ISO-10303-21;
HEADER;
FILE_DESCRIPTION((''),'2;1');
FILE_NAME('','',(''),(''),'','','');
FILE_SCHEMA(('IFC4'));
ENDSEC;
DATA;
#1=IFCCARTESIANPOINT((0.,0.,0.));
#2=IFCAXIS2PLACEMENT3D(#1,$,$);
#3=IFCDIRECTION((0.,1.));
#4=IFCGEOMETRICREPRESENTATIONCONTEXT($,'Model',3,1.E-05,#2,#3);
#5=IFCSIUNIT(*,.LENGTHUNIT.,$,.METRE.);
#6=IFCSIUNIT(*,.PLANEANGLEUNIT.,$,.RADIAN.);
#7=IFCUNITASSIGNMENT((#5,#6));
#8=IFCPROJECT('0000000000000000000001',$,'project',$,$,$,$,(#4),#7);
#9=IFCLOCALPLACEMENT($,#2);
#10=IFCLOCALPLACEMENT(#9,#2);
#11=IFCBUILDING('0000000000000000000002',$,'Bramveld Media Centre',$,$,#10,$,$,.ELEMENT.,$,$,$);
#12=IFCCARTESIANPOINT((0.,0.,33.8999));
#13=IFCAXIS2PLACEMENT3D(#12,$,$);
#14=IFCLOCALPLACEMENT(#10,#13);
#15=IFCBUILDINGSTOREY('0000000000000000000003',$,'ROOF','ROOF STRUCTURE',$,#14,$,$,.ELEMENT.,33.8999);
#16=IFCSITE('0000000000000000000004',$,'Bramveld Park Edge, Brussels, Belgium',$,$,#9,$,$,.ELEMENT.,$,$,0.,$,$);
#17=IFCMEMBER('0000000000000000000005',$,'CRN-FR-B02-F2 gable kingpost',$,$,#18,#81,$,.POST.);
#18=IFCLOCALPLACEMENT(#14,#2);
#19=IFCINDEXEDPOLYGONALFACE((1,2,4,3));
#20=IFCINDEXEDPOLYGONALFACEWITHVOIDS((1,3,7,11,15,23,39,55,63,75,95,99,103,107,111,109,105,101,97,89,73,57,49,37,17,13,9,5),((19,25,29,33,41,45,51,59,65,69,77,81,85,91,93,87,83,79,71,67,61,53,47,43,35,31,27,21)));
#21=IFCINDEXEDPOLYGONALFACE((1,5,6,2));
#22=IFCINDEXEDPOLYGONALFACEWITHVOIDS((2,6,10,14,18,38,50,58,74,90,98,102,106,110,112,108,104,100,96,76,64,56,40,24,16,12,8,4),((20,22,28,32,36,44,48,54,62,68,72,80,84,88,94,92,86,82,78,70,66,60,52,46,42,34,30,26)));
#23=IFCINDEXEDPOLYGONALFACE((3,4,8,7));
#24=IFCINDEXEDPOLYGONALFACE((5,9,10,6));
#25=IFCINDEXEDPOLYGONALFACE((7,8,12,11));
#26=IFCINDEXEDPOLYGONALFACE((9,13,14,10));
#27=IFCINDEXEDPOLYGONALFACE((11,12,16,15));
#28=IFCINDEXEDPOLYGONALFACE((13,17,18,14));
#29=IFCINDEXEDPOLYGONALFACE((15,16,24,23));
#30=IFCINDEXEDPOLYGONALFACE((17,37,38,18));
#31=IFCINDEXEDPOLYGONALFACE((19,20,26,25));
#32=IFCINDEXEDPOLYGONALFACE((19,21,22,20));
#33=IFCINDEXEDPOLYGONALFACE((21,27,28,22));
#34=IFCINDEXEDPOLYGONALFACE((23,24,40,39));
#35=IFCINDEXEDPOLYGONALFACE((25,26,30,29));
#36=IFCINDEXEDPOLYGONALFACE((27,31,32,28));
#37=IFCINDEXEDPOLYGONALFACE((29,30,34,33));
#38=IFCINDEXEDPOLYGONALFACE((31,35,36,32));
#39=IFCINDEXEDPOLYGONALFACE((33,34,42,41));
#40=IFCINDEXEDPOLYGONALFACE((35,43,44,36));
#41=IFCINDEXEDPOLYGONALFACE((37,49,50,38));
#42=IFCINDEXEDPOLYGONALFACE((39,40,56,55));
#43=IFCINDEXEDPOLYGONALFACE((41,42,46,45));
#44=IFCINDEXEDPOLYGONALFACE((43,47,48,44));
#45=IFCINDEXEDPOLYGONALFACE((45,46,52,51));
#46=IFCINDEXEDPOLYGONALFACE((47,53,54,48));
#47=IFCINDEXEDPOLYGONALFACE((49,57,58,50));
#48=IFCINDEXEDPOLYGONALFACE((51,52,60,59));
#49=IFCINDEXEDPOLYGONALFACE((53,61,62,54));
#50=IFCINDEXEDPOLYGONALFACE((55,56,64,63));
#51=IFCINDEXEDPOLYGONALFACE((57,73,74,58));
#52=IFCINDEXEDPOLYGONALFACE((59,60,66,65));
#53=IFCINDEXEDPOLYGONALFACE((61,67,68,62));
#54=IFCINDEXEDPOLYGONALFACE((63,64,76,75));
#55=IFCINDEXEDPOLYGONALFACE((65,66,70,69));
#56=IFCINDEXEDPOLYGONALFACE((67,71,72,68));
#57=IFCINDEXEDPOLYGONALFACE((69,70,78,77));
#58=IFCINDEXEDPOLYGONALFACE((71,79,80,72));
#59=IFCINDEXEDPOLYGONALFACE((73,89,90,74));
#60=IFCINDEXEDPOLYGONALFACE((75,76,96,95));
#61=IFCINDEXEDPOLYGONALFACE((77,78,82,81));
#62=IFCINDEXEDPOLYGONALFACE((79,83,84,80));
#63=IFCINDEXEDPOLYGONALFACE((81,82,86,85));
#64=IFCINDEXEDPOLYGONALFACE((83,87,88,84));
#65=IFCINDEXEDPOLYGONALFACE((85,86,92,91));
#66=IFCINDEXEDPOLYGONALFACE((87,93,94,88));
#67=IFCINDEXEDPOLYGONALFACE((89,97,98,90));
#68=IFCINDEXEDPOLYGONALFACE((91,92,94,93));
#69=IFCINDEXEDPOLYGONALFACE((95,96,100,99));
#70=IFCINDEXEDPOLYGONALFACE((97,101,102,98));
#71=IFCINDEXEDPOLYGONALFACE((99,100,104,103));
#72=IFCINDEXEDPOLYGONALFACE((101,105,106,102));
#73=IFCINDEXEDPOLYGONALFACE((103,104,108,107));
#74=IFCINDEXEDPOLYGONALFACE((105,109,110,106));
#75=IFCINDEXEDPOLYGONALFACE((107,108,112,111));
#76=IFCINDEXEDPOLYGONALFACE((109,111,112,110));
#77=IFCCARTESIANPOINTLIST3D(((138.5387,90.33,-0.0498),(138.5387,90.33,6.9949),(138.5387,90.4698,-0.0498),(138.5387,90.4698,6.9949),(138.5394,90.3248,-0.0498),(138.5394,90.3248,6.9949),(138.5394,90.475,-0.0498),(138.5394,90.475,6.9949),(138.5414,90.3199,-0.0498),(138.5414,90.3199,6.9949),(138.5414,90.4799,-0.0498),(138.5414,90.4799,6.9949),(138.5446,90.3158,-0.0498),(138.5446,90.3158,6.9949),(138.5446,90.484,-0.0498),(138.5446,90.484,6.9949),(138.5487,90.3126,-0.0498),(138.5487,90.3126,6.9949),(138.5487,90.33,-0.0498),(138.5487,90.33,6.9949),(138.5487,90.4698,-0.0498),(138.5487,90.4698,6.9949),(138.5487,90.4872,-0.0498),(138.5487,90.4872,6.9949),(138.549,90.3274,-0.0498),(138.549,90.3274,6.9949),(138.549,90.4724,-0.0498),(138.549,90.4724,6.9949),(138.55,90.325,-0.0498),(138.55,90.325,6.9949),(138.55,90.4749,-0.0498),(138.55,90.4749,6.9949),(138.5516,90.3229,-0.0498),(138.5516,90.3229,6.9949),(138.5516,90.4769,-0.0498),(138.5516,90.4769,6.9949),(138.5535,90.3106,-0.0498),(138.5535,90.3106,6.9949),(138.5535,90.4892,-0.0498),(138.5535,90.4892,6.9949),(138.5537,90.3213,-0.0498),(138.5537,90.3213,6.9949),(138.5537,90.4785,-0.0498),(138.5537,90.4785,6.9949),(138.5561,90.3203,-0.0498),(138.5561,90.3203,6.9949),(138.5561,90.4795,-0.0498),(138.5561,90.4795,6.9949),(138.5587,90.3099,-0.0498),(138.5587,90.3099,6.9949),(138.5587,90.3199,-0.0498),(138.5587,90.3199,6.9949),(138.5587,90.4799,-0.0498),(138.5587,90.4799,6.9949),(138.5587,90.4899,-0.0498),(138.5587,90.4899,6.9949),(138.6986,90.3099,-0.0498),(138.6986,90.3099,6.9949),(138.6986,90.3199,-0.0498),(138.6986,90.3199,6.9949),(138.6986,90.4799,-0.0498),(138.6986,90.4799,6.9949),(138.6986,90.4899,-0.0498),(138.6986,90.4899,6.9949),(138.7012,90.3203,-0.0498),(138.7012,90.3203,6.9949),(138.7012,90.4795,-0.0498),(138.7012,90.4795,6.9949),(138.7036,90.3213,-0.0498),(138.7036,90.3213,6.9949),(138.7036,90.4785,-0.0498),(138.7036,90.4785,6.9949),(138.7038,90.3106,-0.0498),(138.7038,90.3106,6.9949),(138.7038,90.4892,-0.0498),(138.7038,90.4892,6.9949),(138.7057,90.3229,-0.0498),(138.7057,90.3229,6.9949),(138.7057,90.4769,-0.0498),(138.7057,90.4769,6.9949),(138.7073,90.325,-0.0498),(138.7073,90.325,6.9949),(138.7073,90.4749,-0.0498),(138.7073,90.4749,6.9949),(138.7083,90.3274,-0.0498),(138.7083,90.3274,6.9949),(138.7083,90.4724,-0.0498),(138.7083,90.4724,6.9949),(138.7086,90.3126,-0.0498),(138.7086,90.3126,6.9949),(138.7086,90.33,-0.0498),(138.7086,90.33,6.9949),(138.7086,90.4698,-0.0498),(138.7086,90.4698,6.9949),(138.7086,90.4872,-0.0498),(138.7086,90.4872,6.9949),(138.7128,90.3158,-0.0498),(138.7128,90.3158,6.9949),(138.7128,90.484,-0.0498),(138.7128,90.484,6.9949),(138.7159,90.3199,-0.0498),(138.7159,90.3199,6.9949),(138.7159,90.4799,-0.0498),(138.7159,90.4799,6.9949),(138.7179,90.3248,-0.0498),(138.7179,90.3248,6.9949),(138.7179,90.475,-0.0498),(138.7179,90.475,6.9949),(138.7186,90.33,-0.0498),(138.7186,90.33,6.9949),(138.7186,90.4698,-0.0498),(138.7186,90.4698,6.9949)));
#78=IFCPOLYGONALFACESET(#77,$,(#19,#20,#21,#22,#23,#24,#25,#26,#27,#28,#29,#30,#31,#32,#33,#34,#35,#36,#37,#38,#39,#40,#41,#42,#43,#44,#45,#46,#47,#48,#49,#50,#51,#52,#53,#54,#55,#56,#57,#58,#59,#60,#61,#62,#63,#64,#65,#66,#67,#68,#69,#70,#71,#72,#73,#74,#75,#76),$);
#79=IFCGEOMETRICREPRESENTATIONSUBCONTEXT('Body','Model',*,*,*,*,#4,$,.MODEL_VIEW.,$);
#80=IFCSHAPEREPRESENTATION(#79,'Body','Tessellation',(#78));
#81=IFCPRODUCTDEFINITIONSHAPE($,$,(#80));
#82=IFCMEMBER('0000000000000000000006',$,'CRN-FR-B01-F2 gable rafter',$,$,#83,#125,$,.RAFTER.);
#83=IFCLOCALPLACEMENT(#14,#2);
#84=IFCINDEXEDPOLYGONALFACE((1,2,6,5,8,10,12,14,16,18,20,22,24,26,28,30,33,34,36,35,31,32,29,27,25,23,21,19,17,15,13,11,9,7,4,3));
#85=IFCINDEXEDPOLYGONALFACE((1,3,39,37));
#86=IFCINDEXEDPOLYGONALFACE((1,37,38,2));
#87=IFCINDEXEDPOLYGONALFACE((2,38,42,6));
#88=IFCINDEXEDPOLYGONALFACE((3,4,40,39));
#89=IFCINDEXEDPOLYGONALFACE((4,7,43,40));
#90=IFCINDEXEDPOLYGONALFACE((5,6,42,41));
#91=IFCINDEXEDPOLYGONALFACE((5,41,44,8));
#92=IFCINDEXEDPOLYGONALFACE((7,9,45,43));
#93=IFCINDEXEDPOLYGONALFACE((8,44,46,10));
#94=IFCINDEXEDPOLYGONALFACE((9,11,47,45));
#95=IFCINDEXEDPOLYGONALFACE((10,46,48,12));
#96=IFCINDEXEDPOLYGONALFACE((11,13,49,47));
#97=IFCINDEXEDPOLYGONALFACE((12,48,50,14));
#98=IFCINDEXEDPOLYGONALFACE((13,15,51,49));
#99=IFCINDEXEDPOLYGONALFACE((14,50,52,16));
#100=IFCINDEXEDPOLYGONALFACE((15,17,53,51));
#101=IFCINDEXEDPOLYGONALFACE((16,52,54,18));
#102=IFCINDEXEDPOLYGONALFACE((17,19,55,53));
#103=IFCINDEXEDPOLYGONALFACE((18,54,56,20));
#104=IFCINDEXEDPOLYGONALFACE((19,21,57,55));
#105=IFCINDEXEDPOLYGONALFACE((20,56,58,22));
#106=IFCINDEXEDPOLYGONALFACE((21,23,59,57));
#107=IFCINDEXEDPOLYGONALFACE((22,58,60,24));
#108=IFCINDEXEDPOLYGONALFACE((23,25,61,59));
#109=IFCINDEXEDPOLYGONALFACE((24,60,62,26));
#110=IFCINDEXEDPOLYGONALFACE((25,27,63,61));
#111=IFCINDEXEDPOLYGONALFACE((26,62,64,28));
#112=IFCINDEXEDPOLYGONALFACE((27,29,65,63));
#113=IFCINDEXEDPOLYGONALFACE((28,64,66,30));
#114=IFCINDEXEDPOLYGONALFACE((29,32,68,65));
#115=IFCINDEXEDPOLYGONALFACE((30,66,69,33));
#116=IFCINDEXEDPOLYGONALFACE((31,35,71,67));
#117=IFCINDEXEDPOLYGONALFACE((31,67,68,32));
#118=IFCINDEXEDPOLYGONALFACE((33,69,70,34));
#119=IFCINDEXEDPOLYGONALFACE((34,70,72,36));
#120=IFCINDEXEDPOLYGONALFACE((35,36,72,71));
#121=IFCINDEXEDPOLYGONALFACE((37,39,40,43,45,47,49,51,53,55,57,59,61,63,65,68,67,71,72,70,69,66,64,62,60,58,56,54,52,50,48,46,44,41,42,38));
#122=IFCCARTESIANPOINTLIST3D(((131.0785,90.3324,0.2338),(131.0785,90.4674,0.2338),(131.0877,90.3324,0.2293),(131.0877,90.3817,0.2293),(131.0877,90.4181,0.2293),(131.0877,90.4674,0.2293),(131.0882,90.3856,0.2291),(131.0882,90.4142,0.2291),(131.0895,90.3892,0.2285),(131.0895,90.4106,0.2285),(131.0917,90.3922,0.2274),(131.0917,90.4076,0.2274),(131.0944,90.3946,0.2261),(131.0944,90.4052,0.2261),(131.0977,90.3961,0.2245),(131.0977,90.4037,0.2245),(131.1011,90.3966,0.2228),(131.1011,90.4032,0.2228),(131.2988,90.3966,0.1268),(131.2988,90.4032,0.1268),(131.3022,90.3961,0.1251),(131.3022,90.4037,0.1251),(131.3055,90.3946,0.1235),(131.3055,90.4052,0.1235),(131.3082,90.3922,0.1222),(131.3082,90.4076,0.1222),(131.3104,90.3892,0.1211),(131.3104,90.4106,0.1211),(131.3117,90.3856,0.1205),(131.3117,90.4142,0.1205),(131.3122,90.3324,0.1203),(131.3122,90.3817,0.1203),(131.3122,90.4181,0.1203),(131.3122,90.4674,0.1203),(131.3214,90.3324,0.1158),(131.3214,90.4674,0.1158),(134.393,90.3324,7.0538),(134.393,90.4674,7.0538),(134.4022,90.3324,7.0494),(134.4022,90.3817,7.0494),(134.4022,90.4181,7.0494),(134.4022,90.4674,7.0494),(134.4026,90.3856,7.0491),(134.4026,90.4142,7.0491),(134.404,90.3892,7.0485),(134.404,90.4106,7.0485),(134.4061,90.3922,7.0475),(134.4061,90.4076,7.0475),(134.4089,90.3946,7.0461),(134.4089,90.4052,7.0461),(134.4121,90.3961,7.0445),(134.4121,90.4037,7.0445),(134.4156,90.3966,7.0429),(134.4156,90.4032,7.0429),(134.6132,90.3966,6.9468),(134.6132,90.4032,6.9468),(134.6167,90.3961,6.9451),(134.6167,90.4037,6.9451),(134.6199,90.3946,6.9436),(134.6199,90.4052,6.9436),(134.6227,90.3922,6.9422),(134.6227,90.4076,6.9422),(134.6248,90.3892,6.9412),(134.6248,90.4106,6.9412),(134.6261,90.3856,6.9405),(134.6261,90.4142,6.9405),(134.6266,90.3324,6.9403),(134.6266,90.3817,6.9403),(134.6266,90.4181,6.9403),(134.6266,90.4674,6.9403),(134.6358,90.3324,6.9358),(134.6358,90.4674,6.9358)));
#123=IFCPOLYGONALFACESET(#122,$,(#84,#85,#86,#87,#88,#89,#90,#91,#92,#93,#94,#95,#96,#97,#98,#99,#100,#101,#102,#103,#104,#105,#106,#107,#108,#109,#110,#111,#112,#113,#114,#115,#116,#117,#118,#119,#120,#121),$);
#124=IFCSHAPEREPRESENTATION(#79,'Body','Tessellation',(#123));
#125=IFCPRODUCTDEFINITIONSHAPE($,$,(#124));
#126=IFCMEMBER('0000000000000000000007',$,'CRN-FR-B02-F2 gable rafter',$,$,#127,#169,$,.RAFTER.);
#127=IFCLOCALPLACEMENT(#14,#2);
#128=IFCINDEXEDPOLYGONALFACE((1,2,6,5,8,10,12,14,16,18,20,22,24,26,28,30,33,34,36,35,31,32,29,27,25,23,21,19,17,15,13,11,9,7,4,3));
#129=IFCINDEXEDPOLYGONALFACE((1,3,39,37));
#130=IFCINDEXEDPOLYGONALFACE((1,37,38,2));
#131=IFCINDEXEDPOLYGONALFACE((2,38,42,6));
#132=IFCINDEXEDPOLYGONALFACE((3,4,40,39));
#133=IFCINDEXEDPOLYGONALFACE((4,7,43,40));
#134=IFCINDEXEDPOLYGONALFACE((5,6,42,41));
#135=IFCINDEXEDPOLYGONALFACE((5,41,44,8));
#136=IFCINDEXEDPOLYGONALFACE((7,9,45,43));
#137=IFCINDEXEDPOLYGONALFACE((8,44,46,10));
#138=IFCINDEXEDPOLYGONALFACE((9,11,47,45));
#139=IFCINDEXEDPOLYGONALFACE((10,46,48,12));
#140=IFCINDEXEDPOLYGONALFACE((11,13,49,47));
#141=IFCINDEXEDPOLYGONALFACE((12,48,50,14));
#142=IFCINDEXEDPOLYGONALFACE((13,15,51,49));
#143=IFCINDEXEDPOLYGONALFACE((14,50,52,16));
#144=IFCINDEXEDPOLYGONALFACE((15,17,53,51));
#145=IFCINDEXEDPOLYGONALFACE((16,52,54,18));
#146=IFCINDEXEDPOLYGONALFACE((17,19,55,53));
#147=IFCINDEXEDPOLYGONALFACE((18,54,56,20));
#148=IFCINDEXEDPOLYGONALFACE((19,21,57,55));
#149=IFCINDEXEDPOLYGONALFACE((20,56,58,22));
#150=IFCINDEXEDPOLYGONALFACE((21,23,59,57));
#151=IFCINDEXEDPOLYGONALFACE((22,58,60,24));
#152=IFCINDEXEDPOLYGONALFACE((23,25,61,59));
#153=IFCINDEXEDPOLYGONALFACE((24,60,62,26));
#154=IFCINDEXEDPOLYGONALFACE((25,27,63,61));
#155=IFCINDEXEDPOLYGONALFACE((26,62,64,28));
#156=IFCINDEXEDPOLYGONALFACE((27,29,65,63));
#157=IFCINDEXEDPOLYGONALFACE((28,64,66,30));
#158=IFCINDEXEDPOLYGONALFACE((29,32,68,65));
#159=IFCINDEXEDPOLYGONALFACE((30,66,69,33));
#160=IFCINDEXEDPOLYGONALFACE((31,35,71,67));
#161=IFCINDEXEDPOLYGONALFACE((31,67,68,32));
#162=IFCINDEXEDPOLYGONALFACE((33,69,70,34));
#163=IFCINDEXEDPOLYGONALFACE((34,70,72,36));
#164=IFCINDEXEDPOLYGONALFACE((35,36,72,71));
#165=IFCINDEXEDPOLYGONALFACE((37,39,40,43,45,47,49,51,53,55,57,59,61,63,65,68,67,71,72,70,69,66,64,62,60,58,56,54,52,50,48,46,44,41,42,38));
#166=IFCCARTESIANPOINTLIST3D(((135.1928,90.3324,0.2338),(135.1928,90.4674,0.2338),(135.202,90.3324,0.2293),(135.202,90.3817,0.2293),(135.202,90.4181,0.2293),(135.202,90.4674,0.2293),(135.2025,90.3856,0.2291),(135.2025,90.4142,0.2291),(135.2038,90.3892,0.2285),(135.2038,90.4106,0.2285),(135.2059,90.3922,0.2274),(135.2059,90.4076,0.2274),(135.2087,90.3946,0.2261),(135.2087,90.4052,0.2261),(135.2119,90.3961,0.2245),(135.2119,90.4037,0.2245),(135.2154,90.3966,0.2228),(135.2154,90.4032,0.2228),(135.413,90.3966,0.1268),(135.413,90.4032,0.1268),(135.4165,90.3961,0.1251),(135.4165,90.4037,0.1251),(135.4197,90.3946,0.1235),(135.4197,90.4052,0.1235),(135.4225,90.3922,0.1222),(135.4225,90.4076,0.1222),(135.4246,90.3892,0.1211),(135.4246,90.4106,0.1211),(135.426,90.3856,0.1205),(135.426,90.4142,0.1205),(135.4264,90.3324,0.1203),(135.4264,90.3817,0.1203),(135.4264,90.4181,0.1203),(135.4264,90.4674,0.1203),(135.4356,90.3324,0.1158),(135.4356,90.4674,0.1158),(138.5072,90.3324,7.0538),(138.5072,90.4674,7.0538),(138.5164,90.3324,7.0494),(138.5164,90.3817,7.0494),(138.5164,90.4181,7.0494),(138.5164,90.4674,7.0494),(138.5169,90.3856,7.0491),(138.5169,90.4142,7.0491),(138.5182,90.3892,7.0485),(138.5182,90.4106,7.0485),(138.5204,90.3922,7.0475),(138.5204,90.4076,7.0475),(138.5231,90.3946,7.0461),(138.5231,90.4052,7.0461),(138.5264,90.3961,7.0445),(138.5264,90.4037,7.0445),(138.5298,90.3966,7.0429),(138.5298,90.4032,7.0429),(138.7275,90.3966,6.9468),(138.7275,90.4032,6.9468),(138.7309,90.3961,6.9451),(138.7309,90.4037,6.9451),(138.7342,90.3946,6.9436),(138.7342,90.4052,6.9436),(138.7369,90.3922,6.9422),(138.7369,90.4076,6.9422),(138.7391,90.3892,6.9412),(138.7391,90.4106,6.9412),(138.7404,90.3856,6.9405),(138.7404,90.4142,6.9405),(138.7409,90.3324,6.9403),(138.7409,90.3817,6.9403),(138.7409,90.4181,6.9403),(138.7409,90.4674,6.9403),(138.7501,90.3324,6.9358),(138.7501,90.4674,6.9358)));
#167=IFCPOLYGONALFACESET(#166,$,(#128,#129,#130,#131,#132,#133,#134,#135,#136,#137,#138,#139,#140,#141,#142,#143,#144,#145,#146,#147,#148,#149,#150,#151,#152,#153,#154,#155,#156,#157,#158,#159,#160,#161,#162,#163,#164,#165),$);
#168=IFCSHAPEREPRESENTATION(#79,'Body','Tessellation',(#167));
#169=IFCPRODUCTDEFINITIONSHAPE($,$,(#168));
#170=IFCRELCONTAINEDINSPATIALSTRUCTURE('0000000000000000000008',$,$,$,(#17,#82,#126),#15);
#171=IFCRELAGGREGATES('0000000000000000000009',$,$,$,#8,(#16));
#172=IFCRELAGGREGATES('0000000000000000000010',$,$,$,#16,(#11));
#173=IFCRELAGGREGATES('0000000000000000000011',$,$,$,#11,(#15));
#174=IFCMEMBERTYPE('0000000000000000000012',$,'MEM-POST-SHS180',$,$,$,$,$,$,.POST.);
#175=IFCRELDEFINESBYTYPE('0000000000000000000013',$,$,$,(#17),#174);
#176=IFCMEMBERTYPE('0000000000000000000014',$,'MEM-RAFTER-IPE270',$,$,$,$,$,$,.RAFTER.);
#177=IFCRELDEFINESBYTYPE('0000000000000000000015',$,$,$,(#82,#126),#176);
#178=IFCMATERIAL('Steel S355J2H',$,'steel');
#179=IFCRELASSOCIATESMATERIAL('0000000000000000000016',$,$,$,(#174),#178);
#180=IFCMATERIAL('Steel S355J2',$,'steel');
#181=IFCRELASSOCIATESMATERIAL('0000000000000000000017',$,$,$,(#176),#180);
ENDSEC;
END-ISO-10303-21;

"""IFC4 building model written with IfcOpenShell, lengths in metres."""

from ifc_helpers import new_model, si_unit, direction, frame, origin, origin_2d, place, context, subcontext, project, spatial, hollow_rectangle, i_section, extrude, material, material_profile, profile_set, type_object, element, save


model = new_model("IFC4")

# Units and contexts
model_context = context("Model", 3, precision=1e-05, world=origin(), true_north=direction((0.0, 1.0)))
body_context = subcontext(model_context, "Body", "Model", "MODEL_VIEW")
ifc_project = project(units=[si_unit("LENGTHUNIT", "METRE"), si_unit("PLANEANGLEUNIT", "RADIAN")], contexts=[model_context])

# Site, building, storey
site_placement = place(None, origin())
site = spatial("IfcSite", under=ifc_project, at=site_placement, Name="Bramveld Park Edge, Brussels, Belgium", CompositionType="ELEMENT", RefElevation=0.0)
building_placement = place(site_placement, origin())
building = spatial("IfcBuilding", under=site, at=building_placement, Name="Bramveld Media Centre", CompositionType="ELEMENT")
storey_placement = place(building_placement, frame((0.0, 0.0, 33.8999)))
storey = spatial("IfcBuildingStorey", under=building, at=storey_placement, Name="ROOF", Description="ROOF STRUCTURE", CompositionType="ELEMENT", Elevation=33.8999)

# Members
ifc_material_1 = material(Name="Steel S355J2H", Category="steel")
ifc_material_profile_1 = material_profile(ifc_material_1, hollow_rectangle(XDim=0.1799, YDim=0.1799, WallThickness=0.01, InnerFilletRadius=0.01, OuterFilletRadius=0.02, at=origin_2d()), Name="SHS 180x180x10")
ifc_profile_set_1 = profile_set([ifc_material_profile_1], Name="Steel S355J2H")
member_type_1 = type_object("IfcMemberType", Name="MEM-POST-SHS180", PredefinedType="POST", material=ifc_profile_set_1)
member_1_placement = place(storey_placement, frame((138.6287, 90.3999, -0.0498), z_axis=(0.0, 0.0, 1.0), x_axis=(1.0, 0.0, 0.0)))
element("IfcMember", 1, at=member_1_placement, inside=storey, type_object=member_type_1, Name="CRN-FR-B02-F2 gable kingpost", PredefinedType="POST", context=body_context, shape_type="SweptSolid", body=[
    extrude(hollow_rectangle(XDim=0.1799, YDim=0.1799, WallThickness=0.01, InnerFilletRadius=0.01, OuterFilletRadius=0.02, at=origin_2d()), origin(), (0.0, 0.0, 1.0), 7.0447),
])
ifc_material_2 = material(Name="Steel S355J2", Category="steel")
ifc_material_profile_2 = material_profile(ifc_material_2, i_section(OverallWidth=0.135, OverallDepth=0.27, WebThickness=0.0066, FlangeThickness=0.0103, FilletRadius=0.0149, at=origin_2d()), Name="IPE 270")
ifc_profile_set_2 = profile_set([ifc_material_profile_2], Name="Steel S355J2")
member_type_2 = type_object("IfcMemberType", Name="MEM-RAFTER-IPE270", PredefinedType="RAFTER", material=ifc_profile_set_2)
for number, where, z_axis, x_axis, name in (
    (2, (131.2, 90.3999, 0.1748), (0.437101, 0.0, 0.899412), (0.0, 1.0, 0.0), "CRN-FR-B01-F2 gable rafter"),
    (3, (135.3142, 90.3999, 0.1748), (0.437101, 0.0, 0.899412), (0.0, 1.0, 0.0), "CRN-FR-B02-F2 gable rafter"),
):
    element("IfcMember", number, at=place(storey_placement, frame(where, z_axis=z_axis, x_axis=x_axis)), inside=storey, type_object=member_type_2, Name=name, PredefinedType="RAFTER", context=body_context, shape_type="SweptSolid", body=[
        extrude(i_section(OverallWidth=0.135, OverallDepth=0.27, WebThickness=0.0066, FlangeThickness=0.0103, FilletRadius=0.0149, at=origin_2d()), origin(), (0.0, 0.0, 1.0), 7.5828),
    ])

save(model, "model.ifc")
